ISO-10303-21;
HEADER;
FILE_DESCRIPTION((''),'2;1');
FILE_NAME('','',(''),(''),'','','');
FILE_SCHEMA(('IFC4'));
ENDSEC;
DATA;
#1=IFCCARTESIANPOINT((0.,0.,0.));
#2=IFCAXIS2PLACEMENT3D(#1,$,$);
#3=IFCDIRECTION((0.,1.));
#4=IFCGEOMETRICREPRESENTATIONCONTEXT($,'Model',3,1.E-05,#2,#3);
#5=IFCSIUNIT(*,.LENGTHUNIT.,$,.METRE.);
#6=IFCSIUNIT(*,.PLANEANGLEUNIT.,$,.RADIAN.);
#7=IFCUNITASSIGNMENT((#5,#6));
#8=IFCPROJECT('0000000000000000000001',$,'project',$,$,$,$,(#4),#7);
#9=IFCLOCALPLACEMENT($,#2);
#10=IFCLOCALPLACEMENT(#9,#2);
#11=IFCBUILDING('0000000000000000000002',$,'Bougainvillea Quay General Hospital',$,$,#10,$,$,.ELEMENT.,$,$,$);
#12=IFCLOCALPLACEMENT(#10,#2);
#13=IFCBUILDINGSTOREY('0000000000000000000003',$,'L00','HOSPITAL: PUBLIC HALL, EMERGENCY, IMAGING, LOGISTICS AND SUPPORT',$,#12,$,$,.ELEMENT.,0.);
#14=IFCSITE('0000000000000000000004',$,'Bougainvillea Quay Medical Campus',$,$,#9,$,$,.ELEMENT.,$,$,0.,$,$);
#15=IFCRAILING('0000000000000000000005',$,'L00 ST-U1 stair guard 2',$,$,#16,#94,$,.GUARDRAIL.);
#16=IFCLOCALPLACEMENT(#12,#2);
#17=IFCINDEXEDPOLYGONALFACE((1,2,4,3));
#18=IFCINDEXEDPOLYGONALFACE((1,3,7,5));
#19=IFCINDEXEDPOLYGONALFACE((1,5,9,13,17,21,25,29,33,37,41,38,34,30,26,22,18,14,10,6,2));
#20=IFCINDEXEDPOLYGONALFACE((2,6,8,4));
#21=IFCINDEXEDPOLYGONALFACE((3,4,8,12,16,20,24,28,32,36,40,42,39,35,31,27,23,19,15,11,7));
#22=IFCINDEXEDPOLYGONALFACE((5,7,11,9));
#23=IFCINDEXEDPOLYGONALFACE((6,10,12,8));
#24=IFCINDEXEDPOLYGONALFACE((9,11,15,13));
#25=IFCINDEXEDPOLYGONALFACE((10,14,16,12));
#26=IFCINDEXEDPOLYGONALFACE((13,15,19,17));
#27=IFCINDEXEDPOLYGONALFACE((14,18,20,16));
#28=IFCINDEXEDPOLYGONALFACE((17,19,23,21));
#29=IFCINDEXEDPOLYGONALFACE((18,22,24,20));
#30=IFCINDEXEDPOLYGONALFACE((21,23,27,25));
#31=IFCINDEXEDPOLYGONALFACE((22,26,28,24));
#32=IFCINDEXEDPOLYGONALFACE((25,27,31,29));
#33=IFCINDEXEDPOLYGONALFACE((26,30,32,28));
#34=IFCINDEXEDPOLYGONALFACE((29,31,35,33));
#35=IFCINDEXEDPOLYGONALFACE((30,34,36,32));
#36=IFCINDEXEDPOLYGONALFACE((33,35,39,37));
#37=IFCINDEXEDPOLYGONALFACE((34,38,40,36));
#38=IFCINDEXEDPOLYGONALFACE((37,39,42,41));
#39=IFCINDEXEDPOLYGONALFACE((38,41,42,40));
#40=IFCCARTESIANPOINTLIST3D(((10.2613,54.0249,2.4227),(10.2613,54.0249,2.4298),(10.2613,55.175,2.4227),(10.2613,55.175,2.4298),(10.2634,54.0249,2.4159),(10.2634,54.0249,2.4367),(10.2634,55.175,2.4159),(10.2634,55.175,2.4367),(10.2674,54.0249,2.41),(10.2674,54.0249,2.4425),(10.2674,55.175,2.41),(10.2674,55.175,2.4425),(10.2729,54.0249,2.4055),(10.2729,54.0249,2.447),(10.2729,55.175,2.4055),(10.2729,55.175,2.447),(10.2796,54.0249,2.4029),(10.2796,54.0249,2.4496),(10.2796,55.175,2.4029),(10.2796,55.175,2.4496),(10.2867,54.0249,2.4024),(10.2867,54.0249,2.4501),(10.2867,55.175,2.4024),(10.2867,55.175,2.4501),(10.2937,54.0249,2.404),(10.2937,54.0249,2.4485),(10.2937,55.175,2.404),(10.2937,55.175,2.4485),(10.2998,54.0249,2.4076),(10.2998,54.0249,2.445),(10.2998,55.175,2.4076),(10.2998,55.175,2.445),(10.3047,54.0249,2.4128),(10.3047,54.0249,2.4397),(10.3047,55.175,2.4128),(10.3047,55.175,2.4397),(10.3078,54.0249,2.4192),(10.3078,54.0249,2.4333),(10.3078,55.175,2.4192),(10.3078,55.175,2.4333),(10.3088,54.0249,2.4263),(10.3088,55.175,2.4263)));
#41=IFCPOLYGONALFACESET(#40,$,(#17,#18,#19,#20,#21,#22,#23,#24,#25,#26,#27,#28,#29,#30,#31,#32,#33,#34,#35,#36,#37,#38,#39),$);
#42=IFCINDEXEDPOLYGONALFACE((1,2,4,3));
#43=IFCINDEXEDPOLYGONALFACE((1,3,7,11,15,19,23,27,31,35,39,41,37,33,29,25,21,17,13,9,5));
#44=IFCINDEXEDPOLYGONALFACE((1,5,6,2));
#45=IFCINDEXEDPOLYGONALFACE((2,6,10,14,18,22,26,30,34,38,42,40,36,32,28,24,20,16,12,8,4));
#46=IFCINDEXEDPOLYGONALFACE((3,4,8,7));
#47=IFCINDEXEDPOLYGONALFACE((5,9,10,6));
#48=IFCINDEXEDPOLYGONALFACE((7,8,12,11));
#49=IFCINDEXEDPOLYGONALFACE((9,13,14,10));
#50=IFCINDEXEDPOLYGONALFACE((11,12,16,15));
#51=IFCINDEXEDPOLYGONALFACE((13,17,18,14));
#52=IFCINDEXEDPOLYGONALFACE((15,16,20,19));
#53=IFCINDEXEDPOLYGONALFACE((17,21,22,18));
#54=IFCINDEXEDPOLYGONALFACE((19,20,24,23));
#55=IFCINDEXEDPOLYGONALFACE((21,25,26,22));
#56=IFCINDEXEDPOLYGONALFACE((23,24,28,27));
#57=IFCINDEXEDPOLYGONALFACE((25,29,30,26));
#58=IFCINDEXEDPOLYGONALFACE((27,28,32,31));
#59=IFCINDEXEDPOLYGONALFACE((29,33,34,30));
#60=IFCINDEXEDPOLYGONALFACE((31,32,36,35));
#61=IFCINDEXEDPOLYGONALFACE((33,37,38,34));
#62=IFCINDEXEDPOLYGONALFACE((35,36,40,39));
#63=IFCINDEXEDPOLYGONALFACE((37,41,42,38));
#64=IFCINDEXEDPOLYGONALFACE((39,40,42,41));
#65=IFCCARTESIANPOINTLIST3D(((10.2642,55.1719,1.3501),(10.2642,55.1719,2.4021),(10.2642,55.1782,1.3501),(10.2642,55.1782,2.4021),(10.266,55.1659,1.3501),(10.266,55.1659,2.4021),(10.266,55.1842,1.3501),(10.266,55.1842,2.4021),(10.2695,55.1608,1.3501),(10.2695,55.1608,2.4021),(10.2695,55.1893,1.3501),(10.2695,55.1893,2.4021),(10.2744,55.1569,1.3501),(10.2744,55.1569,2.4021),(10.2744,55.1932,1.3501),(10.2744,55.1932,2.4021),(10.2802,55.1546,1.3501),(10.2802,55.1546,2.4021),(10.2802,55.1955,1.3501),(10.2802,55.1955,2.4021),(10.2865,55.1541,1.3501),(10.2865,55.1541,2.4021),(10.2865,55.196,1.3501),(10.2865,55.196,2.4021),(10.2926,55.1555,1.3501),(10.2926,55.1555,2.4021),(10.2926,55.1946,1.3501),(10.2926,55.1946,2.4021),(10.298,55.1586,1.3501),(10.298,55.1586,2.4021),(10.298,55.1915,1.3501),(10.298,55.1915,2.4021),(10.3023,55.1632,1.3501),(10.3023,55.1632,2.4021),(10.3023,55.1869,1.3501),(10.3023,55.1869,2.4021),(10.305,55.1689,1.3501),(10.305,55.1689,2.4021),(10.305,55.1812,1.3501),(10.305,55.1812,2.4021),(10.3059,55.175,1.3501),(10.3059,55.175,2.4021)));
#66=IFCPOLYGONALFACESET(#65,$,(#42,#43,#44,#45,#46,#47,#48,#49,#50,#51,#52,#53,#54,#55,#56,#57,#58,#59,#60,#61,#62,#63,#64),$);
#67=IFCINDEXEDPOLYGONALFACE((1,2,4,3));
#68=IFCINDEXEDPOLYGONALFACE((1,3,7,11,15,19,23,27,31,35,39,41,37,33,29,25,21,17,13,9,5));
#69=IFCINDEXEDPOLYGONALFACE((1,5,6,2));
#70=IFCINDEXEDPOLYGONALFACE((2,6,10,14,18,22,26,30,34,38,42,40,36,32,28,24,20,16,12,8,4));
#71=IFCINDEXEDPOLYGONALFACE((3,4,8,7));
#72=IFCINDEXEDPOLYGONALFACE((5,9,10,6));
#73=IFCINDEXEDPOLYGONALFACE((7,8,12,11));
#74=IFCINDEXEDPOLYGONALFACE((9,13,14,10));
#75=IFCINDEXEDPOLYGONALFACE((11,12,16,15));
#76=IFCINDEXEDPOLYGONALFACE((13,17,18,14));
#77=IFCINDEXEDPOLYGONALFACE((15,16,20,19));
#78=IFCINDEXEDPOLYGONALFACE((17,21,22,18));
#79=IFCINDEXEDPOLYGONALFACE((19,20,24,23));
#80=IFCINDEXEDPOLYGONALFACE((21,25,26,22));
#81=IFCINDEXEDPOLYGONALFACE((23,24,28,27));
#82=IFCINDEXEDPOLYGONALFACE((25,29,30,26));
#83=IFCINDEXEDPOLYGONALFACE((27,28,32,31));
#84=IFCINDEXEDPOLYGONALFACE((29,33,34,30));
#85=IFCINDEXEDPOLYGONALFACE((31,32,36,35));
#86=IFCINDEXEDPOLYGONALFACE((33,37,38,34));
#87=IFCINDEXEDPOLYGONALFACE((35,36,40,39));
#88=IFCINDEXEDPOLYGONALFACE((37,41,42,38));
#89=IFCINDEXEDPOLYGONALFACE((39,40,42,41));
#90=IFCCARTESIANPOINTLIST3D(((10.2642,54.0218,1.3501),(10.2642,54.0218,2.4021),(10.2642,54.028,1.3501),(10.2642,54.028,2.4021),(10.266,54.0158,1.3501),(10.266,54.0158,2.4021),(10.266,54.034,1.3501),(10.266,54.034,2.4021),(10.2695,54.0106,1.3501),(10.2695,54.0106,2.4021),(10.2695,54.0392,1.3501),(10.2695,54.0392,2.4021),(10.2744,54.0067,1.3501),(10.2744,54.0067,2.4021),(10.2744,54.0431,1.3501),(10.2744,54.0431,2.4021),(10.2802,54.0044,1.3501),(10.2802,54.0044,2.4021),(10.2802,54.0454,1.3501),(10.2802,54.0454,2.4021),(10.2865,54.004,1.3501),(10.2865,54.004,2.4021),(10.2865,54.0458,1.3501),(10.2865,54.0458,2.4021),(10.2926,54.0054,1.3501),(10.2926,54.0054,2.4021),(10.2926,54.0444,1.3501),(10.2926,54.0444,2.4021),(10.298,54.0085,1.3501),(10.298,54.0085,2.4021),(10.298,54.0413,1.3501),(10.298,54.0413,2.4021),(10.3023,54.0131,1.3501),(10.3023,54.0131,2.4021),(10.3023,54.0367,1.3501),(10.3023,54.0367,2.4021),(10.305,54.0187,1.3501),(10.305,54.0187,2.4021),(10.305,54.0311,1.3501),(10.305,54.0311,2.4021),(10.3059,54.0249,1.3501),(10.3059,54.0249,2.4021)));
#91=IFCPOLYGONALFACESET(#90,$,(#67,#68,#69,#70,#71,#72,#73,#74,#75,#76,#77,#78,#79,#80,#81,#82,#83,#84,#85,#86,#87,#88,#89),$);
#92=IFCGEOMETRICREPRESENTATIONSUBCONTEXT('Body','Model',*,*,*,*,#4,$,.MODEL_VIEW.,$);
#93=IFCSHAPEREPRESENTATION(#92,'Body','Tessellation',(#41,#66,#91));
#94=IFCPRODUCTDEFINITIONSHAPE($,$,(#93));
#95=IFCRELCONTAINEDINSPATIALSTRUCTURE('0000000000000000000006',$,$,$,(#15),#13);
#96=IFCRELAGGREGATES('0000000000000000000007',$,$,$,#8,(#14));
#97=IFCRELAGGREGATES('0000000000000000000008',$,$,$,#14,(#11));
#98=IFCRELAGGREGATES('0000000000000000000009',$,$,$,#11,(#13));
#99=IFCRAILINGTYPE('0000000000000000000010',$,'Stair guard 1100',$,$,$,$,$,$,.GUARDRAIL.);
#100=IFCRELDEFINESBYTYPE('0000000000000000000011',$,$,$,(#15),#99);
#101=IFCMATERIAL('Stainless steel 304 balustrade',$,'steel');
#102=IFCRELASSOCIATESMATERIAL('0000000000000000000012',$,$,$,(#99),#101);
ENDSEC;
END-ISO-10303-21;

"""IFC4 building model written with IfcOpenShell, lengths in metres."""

from ifc_helpers import new_model, si_unit, direction, frame, origin, origin_2d, place, context, subcontext, project, spatial, circle, extrude, material, type_object, element, save


model = new_model("IFC4")

# Units and contexts
model_context = context("Model", 3, precision=1e-05, world=origin(), true_north=direction((0.0, 1.0)))
body_context = subcontext(model_context, "Body", "Model", "MODEL_VIEW")
ifc_project = project(units=[si_unit("LENGTHUNIT", "METRE"), si_unit("PLANEANGLEUNIT", "RADIAN")], contexts=[model_context])

# Site, building, storey
site_placement = place(None, origin())
site = spatial("IfcSite", under=ifc_project, at=site_placement, Name="Bougainvillea Quay Medical Campus", CompositionType="ELEMENT", RefElevation=0.0)
building_placement = place(site_placement, origin())
building = spatial("IfcBuilding", under=site, at=building_placement, Name="Bougainvillea Quay General Hospital", CompositionType="ELEMENT")
storey_placement = place(building_placement, origin())
storey = spatial("IfcBuildingStorey", under=building, at=storey_placement, Name="L00", Description="HOSPITAL: PUBLIC HALL, EMERGENCY, IMAGING, LOGISTICS AND SUPPORT", CompositionType="ELEMENT", Elevation=0.0)

# Railing
ifc_material_1 = material(Name="Stainless steel 304 balustrade", Category="steel")
railing_type_1 = type_object("IfcRailingType", Name="Stair guard 1100", PredefinedType="GUARDRAIL", material=ifc_material_1)
railing_1_placement = place(storey_placement, frame((10.2849, 55.175, 1.3501)))
element("IfcRailing", 1, at=railing_1_placement, inside=storey, type_object=railing_type_1, Name="L00 ST-U1 stair guard 2", PredefinedType="GUARDRAIL", context=body_context, shape_type="SweptSolid", body=[
    extrude(circle(Radius=0.0239, at=origin_2d()), frame((0.0, 0.0, 1.0762), z_axis=(0.0, -1.0, 0.0), x_axis=(1.0, 0.0, 0.0)), (0.0, 0.0, 1.0), 1.1501),
    extrude(circle(Radius=0.021, at=origin_2d()), origin(), (0.0, 0.0, 1.0), 1.052),
    extrude(circle(Radius=0.021, at=origin_2d()), frame((0.0, -1.1501, 0.0)), (0.0, 0.0, 1.0), 1.052),
])

save(model, "model.ifc")
